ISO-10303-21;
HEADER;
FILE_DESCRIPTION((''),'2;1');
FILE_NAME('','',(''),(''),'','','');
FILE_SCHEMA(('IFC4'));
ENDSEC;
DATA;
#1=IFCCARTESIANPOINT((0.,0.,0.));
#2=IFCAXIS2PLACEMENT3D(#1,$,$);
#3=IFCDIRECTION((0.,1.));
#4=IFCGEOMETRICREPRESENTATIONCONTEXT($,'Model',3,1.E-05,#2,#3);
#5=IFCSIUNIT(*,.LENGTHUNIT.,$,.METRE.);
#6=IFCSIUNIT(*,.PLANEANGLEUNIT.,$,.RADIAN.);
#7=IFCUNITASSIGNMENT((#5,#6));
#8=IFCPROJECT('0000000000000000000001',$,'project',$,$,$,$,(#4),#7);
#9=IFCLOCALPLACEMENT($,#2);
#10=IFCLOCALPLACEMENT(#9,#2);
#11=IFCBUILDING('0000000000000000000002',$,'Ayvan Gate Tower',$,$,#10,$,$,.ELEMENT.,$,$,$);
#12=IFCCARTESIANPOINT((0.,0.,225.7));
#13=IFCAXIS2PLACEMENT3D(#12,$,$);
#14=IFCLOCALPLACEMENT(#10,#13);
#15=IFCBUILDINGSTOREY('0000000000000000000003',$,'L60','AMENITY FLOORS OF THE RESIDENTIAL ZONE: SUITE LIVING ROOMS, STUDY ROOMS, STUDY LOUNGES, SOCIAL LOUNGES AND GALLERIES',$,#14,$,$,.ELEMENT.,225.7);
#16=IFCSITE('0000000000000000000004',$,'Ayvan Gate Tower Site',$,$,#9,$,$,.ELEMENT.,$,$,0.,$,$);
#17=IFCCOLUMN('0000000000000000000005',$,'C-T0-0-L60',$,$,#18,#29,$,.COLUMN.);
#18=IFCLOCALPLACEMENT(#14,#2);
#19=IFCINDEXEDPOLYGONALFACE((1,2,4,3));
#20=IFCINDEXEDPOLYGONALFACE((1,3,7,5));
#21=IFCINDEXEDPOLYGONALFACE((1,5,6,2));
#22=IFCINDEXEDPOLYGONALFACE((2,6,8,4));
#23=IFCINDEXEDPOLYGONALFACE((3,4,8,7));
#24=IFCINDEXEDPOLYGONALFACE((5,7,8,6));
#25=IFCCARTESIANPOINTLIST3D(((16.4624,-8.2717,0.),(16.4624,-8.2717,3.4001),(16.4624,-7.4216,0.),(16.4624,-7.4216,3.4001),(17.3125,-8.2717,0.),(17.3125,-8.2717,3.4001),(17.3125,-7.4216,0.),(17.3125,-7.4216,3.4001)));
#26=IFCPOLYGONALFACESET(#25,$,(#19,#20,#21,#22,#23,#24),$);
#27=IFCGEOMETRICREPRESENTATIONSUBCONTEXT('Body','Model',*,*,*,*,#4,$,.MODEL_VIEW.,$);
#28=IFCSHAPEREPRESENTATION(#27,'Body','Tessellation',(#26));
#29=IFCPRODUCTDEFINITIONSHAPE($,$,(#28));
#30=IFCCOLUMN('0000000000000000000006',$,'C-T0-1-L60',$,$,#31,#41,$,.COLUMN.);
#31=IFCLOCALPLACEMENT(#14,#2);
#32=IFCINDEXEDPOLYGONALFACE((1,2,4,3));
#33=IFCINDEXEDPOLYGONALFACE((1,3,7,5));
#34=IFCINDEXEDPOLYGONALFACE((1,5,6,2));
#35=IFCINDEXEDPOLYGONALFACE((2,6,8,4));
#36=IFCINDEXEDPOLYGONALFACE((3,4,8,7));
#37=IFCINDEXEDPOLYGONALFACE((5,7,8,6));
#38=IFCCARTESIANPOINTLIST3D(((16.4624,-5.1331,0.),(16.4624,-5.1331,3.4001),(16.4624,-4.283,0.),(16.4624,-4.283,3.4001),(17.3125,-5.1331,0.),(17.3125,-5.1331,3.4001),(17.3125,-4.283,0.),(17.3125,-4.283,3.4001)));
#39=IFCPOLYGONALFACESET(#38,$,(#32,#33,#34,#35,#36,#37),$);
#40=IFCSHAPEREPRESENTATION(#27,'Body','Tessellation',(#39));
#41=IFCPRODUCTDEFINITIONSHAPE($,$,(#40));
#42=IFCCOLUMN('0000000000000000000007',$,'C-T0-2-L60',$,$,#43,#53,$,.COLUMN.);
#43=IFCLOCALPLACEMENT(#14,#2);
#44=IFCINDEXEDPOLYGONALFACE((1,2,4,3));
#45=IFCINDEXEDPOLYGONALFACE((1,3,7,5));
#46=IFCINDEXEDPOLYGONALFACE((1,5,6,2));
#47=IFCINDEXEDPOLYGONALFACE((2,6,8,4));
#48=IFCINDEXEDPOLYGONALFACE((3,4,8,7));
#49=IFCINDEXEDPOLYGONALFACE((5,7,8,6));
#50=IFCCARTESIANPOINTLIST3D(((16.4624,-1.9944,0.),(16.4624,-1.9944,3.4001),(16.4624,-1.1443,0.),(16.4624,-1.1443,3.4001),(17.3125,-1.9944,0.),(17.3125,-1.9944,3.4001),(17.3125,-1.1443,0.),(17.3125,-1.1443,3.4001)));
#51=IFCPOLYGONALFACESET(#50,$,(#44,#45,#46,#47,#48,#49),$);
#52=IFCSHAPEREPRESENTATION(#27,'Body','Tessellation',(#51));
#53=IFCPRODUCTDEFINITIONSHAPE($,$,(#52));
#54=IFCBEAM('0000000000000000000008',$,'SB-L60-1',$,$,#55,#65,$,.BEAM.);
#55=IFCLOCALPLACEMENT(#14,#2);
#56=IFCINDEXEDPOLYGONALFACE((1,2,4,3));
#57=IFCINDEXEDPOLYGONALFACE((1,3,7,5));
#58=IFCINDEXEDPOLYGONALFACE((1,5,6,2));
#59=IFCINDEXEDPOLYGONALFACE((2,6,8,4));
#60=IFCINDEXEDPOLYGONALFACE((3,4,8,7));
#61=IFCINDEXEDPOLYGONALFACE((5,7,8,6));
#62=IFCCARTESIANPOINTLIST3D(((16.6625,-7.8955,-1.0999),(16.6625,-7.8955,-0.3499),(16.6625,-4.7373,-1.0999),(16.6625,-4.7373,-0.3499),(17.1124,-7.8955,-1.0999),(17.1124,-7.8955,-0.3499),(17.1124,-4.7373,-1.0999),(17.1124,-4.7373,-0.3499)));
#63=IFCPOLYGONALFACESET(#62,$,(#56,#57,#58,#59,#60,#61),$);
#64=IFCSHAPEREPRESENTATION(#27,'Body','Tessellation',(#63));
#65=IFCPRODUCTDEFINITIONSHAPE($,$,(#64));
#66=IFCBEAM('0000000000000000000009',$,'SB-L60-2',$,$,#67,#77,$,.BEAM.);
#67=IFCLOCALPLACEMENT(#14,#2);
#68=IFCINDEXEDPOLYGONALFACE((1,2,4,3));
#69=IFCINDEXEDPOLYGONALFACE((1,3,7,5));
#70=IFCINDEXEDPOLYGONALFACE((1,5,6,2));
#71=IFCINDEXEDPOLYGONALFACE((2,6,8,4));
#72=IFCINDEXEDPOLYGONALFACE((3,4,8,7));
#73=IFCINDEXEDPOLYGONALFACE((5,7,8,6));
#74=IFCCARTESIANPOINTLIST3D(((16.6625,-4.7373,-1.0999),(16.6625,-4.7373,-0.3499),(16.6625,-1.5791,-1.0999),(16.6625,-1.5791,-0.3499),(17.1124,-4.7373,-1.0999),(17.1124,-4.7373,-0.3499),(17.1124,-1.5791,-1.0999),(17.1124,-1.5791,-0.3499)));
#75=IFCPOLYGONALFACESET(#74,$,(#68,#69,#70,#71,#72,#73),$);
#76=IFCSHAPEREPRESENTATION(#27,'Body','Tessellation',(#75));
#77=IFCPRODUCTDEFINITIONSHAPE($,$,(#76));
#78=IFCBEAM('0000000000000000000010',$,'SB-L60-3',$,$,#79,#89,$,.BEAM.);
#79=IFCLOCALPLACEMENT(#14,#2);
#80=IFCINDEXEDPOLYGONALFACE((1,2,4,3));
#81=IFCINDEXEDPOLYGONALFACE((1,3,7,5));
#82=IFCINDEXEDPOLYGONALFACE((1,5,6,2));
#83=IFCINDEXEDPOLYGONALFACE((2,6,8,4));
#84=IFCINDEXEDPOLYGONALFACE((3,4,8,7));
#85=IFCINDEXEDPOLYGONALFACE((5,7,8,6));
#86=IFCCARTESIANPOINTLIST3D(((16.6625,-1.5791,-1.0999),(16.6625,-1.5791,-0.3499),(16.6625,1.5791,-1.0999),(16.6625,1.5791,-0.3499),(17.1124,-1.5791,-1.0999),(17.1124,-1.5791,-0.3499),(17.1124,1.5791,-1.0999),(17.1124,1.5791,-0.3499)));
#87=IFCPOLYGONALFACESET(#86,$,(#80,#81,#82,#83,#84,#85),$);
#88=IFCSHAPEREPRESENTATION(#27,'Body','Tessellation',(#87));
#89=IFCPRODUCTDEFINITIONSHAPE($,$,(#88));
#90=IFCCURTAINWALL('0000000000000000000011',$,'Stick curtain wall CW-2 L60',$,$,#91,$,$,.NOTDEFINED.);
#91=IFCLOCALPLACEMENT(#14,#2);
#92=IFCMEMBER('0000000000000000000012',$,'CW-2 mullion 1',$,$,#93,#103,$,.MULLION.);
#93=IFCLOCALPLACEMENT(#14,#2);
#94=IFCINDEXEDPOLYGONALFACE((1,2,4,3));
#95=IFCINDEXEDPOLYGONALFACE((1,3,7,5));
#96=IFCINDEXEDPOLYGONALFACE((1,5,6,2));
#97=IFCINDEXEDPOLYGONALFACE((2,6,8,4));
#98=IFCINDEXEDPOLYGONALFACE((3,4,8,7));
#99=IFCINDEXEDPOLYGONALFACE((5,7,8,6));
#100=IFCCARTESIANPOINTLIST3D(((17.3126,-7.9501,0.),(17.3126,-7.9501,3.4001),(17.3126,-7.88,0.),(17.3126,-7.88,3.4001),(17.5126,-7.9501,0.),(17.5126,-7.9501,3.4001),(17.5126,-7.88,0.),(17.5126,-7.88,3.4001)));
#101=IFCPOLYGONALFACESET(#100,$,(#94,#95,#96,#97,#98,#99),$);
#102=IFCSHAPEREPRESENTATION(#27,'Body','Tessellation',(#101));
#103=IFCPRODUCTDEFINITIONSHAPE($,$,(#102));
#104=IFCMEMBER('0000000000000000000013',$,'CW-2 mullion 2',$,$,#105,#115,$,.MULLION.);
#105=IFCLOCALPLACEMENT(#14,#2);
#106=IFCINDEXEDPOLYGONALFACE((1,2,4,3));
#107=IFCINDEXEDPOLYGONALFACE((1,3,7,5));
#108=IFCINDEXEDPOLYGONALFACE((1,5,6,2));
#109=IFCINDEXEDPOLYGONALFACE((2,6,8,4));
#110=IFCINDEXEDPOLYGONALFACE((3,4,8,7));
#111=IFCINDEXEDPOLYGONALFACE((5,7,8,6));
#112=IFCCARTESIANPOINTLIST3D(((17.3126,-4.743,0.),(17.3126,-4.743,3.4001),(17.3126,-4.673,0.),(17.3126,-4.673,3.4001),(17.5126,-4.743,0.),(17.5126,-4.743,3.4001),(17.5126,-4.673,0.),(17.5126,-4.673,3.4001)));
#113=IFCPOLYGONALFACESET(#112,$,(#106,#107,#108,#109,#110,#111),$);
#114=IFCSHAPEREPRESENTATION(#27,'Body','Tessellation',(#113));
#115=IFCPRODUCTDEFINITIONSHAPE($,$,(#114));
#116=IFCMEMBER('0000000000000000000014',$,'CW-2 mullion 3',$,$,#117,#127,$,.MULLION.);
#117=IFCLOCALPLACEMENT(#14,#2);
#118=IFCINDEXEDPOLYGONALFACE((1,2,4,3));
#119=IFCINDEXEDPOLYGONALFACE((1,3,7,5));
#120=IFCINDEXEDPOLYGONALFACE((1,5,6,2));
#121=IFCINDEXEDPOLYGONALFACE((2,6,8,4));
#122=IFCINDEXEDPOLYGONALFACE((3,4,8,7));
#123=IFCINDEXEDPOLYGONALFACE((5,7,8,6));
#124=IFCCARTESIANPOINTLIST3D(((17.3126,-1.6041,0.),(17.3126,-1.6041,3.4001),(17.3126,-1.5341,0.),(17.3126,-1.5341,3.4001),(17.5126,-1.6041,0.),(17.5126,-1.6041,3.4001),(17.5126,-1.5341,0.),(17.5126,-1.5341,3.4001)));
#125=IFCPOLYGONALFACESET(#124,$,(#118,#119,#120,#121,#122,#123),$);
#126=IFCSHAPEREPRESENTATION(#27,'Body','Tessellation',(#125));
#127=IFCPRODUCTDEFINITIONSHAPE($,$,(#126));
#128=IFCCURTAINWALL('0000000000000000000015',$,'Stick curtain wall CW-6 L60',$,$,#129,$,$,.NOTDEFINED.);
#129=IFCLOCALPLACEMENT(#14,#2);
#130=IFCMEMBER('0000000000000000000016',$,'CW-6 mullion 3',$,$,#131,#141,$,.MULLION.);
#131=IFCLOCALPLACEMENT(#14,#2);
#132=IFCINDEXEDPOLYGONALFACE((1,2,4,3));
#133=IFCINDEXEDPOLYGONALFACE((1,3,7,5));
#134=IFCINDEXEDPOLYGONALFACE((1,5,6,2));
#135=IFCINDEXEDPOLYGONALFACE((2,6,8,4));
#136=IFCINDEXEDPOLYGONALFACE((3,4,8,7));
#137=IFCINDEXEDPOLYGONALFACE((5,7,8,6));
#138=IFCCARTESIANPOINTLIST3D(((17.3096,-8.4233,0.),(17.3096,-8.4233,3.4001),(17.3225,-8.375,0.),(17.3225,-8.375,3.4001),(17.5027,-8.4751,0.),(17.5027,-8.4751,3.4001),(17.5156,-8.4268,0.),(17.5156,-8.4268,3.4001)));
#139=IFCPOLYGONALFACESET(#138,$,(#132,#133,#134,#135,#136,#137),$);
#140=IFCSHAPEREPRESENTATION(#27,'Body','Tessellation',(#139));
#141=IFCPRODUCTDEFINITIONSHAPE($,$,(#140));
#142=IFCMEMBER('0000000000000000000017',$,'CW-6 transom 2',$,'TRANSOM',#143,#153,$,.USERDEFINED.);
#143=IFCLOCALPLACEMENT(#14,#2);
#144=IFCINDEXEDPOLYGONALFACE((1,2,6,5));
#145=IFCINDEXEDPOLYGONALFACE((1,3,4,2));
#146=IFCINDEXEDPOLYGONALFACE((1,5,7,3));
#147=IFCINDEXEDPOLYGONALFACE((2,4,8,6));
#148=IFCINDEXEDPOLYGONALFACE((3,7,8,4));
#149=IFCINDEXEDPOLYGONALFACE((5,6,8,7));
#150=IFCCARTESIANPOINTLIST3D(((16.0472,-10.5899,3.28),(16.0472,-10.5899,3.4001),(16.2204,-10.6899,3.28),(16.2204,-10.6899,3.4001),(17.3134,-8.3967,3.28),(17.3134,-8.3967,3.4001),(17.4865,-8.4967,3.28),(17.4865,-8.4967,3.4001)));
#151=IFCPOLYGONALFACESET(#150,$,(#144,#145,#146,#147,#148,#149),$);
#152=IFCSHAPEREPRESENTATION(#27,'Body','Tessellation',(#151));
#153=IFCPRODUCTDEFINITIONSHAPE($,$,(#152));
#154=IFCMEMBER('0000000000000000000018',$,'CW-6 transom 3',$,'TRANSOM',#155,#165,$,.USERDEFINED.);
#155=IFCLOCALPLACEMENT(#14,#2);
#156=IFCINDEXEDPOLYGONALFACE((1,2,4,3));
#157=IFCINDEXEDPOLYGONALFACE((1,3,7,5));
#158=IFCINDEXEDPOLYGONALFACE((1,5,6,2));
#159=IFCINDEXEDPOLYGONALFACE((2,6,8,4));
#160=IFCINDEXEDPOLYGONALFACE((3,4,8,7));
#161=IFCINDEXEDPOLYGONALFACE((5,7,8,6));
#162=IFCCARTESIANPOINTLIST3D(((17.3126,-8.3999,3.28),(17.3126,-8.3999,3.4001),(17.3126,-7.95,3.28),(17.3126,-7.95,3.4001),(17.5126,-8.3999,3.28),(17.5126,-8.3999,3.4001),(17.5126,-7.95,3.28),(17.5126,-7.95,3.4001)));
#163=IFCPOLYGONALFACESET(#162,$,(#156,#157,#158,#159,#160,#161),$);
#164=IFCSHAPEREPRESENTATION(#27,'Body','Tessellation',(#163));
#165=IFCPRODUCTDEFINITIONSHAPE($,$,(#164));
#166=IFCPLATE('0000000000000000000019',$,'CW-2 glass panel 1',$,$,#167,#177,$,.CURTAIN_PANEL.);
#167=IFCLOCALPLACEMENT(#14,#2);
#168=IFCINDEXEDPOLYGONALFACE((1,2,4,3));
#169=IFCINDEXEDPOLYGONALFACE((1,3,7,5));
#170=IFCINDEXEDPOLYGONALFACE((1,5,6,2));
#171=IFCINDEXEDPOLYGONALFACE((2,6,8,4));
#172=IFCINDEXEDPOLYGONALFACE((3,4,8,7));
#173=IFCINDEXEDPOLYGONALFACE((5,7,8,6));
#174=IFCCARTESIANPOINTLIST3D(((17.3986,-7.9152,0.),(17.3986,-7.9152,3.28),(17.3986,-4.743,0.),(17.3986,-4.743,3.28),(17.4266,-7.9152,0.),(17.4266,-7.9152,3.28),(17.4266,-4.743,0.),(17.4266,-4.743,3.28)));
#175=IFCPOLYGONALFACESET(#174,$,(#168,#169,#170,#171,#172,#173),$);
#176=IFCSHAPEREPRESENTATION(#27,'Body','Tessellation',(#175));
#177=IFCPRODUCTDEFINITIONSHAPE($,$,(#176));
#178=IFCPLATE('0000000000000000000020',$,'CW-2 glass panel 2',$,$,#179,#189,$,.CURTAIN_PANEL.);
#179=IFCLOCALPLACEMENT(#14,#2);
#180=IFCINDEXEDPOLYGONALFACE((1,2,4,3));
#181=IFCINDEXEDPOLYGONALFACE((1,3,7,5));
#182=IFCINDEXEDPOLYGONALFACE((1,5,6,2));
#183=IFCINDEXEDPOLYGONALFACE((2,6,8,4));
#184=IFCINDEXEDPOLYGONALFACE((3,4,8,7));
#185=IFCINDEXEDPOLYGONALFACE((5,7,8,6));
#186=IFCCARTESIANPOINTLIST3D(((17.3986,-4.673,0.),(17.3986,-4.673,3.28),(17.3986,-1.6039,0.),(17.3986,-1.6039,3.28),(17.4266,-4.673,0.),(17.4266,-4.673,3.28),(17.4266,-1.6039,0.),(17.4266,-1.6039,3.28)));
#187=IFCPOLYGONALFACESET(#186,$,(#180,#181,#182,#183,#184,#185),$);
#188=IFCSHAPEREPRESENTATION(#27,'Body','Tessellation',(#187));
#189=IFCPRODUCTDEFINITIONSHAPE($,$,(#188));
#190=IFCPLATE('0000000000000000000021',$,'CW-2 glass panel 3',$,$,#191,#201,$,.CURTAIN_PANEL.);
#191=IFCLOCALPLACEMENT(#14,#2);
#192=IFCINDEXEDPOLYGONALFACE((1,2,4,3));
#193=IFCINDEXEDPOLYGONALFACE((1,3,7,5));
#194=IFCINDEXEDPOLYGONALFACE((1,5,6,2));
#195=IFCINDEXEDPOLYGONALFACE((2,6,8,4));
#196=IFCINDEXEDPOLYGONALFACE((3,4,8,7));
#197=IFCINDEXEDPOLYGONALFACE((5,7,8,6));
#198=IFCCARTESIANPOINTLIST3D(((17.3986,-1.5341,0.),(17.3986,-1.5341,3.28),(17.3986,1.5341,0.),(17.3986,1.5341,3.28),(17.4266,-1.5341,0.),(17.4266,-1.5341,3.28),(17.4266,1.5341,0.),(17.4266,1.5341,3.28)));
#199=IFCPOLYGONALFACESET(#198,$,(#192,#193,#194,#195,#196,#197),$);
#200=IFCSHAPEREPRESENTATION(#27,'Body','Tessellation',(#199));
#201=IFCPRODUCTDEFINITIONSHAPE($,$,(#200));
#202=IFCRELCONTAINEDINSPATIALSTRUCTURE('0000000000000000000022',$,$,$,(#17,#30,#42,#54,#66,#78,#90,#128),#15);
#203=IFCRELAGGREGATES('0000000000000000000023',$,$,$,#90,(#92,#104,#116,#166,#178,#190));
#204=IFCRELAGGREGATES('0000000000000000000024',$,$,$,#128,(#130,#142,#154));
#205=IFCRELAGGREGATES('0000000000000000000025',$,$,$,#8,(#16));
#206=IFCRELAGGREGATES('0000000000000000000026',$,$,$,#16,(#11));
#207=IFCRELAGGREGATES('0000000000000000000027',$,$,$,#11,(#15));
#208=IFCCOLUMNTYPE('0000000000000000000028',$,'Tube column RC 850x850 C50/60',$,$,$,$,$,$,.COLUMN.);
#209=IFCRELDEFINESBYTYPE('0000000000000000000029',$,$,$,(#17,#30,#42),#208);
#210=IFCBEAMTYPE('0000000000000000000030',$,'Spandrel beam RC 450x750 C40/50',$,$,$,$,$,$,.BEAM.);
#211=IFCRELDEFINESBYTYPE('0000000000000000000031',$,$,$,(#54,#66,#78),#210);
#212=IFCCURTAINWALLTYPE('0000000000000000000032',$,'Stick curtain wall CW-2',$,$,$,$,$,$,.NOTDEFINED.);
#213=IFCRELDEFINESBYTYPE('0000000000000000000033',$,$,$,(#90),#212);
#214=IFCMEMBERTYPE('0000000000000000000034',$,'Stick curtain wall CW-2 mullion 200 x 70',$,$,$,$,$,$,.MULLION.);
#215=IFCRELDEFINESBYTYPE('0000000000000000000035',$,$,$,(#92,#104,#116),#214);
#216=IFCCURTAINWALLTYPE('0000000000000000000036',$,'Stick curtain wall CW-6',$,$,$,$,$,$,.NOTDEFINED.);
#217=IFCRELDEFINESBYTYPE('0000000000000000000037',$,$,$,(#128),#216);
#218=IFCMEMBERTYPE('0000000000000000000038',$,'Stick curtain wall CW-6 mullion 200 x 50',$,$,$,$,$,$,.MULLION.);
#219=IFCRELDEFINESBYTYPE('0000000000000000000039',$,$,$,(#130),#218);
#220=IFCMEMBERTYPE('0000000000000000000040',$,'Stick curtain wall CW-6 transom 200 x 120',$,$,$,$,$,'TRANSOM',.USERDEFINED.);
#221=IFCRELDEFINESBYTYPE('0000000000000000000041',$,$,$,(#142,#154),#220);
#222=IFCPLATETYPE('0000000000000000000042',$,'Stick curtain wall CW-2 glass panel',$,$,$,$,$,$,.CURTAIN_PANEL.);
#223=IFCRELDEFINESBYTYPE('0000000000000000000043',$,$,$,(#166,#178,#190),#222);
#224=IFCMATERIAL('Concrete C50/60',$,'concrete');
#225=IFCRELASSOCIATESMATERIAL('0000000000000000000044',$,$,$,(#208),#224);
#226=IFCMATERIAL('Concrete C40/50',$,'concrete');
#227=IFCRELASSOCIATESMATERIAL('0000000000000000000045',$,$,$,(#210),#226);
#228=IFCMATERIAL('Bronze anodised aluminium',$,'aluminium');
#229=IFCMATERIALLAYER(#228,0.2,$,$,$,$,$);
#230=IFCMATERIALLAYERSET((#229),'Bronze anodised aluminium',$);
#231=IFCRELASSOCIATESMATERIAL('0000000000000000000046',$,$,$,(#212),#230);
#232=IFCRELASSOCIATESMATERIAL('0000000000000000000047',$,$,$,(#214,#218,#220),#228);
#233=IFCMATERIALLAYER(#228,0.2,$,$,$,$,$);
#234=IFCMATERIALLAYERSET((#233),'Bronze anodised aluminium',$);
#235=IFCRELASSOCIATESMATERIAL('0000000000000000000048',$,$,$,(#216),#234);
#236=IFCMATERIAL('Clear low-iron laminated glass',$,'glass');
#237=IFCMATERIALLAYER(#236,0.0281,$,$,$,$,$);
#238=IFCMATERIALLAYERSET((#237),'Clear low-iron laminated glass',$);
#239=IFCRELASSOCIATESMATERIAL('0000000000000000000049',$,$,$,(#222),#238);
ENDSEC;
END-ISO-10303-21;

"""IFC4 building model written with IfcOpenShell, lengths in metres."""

from ifc_helpers import new_model, si_unit, direction, frame, origin, origin_2d, place, context, subcontext, project, spatial, rectangle, extrude, material, layer, layer_set, material_profile, profile_set, type_object, element, aggregate, save


model = new_model("IFC4")

# Units and contexts
model_context = context("Model", 3, precision=1e-05, world=origin(), true_north=direction((0.0, 1.0)))
body_context = subcontext(model_context, "Body", "Model", "MODEL_VIEW")
ifc_project = project(units=[si_unit("LENGTHUNIT", "METRE"), si_unit("PLANEANGLEUNIT", "RADIAN")], contexts=[model_context])

# Site, building, storey
site_placement = place(None, origin())
site = spatial("IfcSite", under=ifc_project, at=site_placement, Name="Ayvan Gate Tower Site", CompositionType="ELEMENT", RefElevation=0.0)
building_placement = place(site_placement, origin())
building = spatial("IfcBuilding", under=site, at=building_placement, Name="Ayvan Gate Tower", CompositionType="ELEMENT")
storey_placement = place(building_placement, frame((0.0, 0.0, 225.7)))
storey = spatial("IfcBuildingStorey", under=building, at=storey_placement, Name="L60", Description="AMENITY FLOORS OF THE RESIDENTIAL ZONE: SUITE LIVING ROOMS, STUDY ROOMS, STUDY LOUNGES, SOCIAL LOUNGES AND GALLERIES", CompositionType="ELEMENT", Elevation=225.7)

# Columns
ifc_material_1 = material(Name="Concrete C50/60", Category="concrete")
ifc_material_profile_1 = material_profile(ifc_material_1, rectangle(XDim=0.8501, YDim=0.8501, at=origin_2d()), Name="RC 850x850")
ifc_profile_set_1 = profile_set([ifc_material_profile_1], Name="Concrete C50/60")
column_type = type_object("IfcColumnType", Name="Tube column RC 850x850 C50/60", PredefinedType="COLUMN", material=ifc_profile_set_1)
for number, where, z_axis, x_axis, name in (
    (1, (16.8875, -7.8467, 0.0), (0.0, 0.0, 1.0), (1.0, 0.0, 0.0), "C-T0-0-L60"),
    (2, (16.8875, -4.708, 0.0), (0.0, 0.0, 1.0), (1.0, 0.0, 0.0), "C-T0-1-L60"),
    (3, (16.8875, -1.5693, 0.0), (0.0, 0.0, 1.0), (1.0, 0.0, 0.0), "C-T0-2-L60"),
):
    element("IfcColumn", number, at=place(storey_placement, frame(where, z_axis=z_axis, x_axis=x_axis)), inside=storey, type_object=column_type, Name=name, PredefinedType="COLUMN", context=body_context, shape_type="SweptSolid", body=[
        extrude(rectangle(XDim=0.8501, YDim=0.8501, at=origin_2d()), origin(), (0.0, 0.0, 1.0), 3.4001),
    ])

# Beams
ifc_material_2 = material(Name="Concrete C40/50", Category="concrete")
ifc_material_profile_2 = material_profile(ifc_material_2, rectangle(XDim=0.45, YDim=0.75, at=origin_2d()), Name="RC 450x750")
ifc_profile_set_2 = profile_set([ifc_material_profile_2], Name="Concrete C40/50")
beam_type = type_object("IfcBeamType", Name="Spandrel beam RC 450x750 C40/50", PredefinedType="BEAM", material=ifc_profile_set_2)
for number, where, z_axis, x_axis, name in (
    (4, (16.8875, -7.8955, -0.7249), (0.0, 1.0, 0.0), (-1.0, 0.0, 0.0), "SB-L60-1"),
    (5, (16.8875, -4.7373, -0.7249), (0.0, 1.0, 0.0), (-1.0, 0.0, 0.0), "SB-L60-2"),
    (6, (16.8875, -1.5791, -0.7249), (0.0, 1.0, 0.0), (-1.0, 0.0, 0.0), "SB-L60-3"),
):
    element("IfcBeam", number, at=place(storey_placement, frame(where, z_axis=z_axis, x_axis=x_axis)), inside=storey, type_object=beam_type, Name=name, PredefinedType="BEAM", context=body_context, shape_type="SweptSolid", body=[
        extrude(rectangle(XDim=0.45, YDim=0.75, at=origin_2d()), origin(), (0.0, 0.0, 1.0), 3.1582),
    ])

# Curtain walls, members
ifc_material_3 = material(Name="Bronze anodised aluminium", Category="aluminium")
ifc_layer_1 = layer(ifc_material_3, 0.2)
ifc_layer_set_1 = layer_set([ifc_layer_1], Name="Bronze anodised aluminium")
curtain_wall_type_1 = type_object("IfcCurtainWallType", Name="Stick curtain wall CW-2", PredefinedType="NOTDEFINED", material=ifc_layer_set_1)
curtain_wall_1_placement = place(storey_placement, origin())
curtain_wall_1 = element("IfcCurtainWall", 7, at=curtain_wall_1_placement, inside=storey, type_object=curtain_wall_type_1, Name="Stick curtain wall CW-2 L60", PredefinedType="NOTDEFINED")
ifc_material_profile_3 = material_profile(ifc_material_3, rectangle(XDim=0.2, YDim=0.0701, at=origin_2d()), Name="Stick curtain wall CW-2 mullion 200 x 70")
ifc_profile_set_3 = profile_set([ifc_material_profile_3], Name="Bronze anodised aluminium")
member_type_1 = type_object("IfcMemberType", Name="Stick curtain wall CW-2 mullion 200 x 70", PredefinedType="MULLION", material=ifc_profile_set_3)
member_1_placement = place(storey_placement, frame((17.4126, -7.915, 0.0), z_axis=(0.0, 0.0, 1.0), x_axis=(1.0, 0.0, 0.0)))
member_1 = element("IfcMember", 8, at=member_1_placement, type_object=member_type_1, Name="CW-2 mullion 1", PredefinedType="MULLION", context=body_context, shape_type="SweptSolid", body=[
    extrude(rectangle(XDim=0.2, YDim=0.0701, at=origin_2d()), origin(), (0.0, 0.0, 1.0), 3.4001),
])
member_2_placement = place(storey_placement, frame((17.4126, -4.708, 0.0), z_axis=(0.0, 0.0, 1.0), x_axis=(1.0, 0.0, 0.0)))
member_2 = element("IfcMember", 9, at=member_2_placement, type_object=member_type_1, Name="CW-2 mullion 2", PredefinedType="MULLION", context=body_context, shape_type="SweptSolid", body=[
    extrude(rectangle(XDim=0.2, YDim=0.0701, at=origin_2d()), origin(), (0.0, 0.0, 1.0), 3.4001),
])
member_3_placement = place(storey_placement, frame((17.4126, -1.5691, 0.0), z_axis=(0.0, 0.0, 1.0), x_axis=(1.0, 0.0, 0.0)))
member_3 = element("IfcMember", 10, at=member_3_placement, type_object=member_type_1, Name="CW-2 mullion 3", PredefinedType="MULLION", context=body_context, shape_type="SweptSolid", body=[
    extrude(rectangle(XDim=0.2, YDim=0.0701, at=origin_2d()), origin(), (0.0, 0.0, 1.0), 3.4001),
])
ifc_layer_2 = layer(ifc_material_3, 0.2)
ifc_layer_set_2 = layer_set([ifc_layer_2], Name="Bronze anodised aluminium")
curtain_wall_type_2 = type_object("IfcCurtainWallType", Name="Stick curtain wall CW-6", PredefinedType="NOTDEFINED", material=ifc_layer_set_2)
curtain_wall_2_placement = place(storey_placement, origin())
curtain_wall_2 = element("IfcCurtainWall", 11, at=curtain_wall_2_placement, inside=storey, type_object=curtain_wall_type_2, Name="Stick curtain wall CW-6 L60", PredefinedType="NOTDEFINED")
ifc_material_profile_4 = material_profile(ifc_material_3, rectangle(XDim=0.2, YDim=0.05, at=origin_2d()), Name="Stick curtain wall CW-6 mullion 200 x 50")
ifc_profile_set_4 = profile_set([ifc_material_profile_4], Name="Bronze anodised aluminium")
member_type_2 = type_object("IfcMemberType", Name="Stick curtain wall CW-6 mullion 200 x 50", PredefinedType="MULLION", material=ifc_profile_set_4)
member_4_placement = place(storey_placement, frame((17.4126, -8.425, 0.0), z_axis=(0.0, 0.0, 1.0), x_axis=(0.965926, -0.258819, 0.0)))
member_4 = element("IfcMember", 12, at=member_4_placement, type_object=member_type_2, Name="CW-6 mullion 3", PredefinedType="MULLION", context=body_context, shape_type="SweptSolid", body=[
    extrude(rectangle(XDim=0.2, YDim=0.05, at=origin_2d()), origin(), (0.0, 0.0, 1.0), 3.4001),
])
ifc_material_profile_5 = material_profile(ifc_material_3, rectangle(XDim=0.2, YDim=0.1201, at=origin_2d()), Name="Stick curtain wall CW-6 transom 200 x 120")
ifc_profile_set_5 = profile_set([ifc_material_profile_5], Name="Bronze anodised aluminium")
member_type_3 = type_object("IfcMemberType", Name="Stick curtain wall CW-6 transom 200 x 120", ElementType="TRANSOM", PredefinedType="USERDEFINED", material=ifc_profile_set_5)
member_5_placement = place(storey_placement, frame((16.1338, -10.6399, 3.3401), z_axis=(0.499976, 0.866039, 0.0), x_axis=(-0.866039, 0.499976, 0.0)))
member_5 = element("IfcMember", 13, at=member_5_placement, type_object=member_type_3, Name="CW-6 transom 2", ObjectType="TRANSOM", PredefinedType="USERDEFINED", context=body_context, shape_type="SweptSolid", body=[
    extrude(rectangle(XDim=0.2, YDim=0.1201, at=origin_2d()), origin(), (0.0, 0.0, 1.0), 2.5325),
])
member_6_placement = place(storey_placement, frame((17.4126, -8.3999, 3.3401), z_axis=(0.0, 1.0, 0.0), x_axis=(-1.0, 0.0, 0.0)))
member_6 = element("IfcMember", 14, at=member_6_placement, type_object=member_type_3, Name="CW-6 transom 3", ObjectType="TRANSOM", PredefinedType="USERDEFINED", context=body_context, shape_type="SweptSolid", body=[
    extrude(rectangle(XDim=0.2, YDim=0.1201, at=origin_2d()), origin(), (0.0, 0.0, 1.0), 0.45),
])

# Plates
ifc_material_4 = material(Name="Clear low-iron laminated glass", Category="glass")
ifc_layer_3 = layer(ifc_material_4, 0.0281)
ifc_layer_set_3 = layer_set([ifc_layer_3], Name="Clear low-iron laminated glass")
plate_type_1 = type_object("IfcPlateType", Name="Stick curtain wall CW-2 glass panel", PredefinedType="CURTAIN_PANEL", material=ifc_layer_set_3)
plate_1_placement = place(storey_placement, frame((17.4126, -6.3291, 0.0), z_axis=(0.0, 0.0, 1.0), x_axis=(0.0, 1.0, 0.0)))
plate_1 = element("IfcPlate", 15, at=plate_1_placement, type_object=plate_type_1, Name="CW-2 glass panel 1", PredefinedType="CURTAIN_PANEL", context=body_context, shape_type="SweptSolid", body=[
    extrude(rectangle(XDim=3.1721, YDim=0.0281, at=origin_2d()), origin(), (0.0, 0.0, 1.0), 3.28),
])
plate_2_placement = place(storey_placement, frame((17.4126, -3.1384, 0.0), z_axis=(0.0, 0.0, 1.0), x_axis=(0.0, 1.0, 0.0)))
plate_2 = element("IfcPlate", 16, at=plate_2_placement, type_object=plate_type_1, Name="CW-2 glass panel 2", PredefinedType="CURTAIN_PANEL", context=body_context, shape_type="SweptSolid", body=[
    extrude(rectangle(XDim=3.0691, YDim=0.0281, at=origin_2d()), origin(), (0.0, 0.0, 1.0), 3.28),
])
plate_3_placement = place(storey_placement, frame((17.4126, 0.0, 0.0), z_axis=(0.0, 0.0, 1.0), x_axis=(0.0, 1.0, 0.0)))
plate_3 = element("IfcPlate", 17, at=plate_3_placement, type_object=plate_type_1, Name="CW-2 glass panel 3", PredefinedType="CURTAIN_PANEL", context=body_context, shape_type="SweptSolid", body=[
    extrude(rectangle(XDim=3.0681, YDim=0.0281, at=origin_2d()), origin(), (0.0, 0.0, 1.0), 3.28),
])
aggregate(curtain_wall_1, [member_1, member_2, member_3, plate_1, plate_2, plate_3])
aggregate(curtain_wall_2, [member_4, member_5, member_6])

save(model, "model.ifc")
